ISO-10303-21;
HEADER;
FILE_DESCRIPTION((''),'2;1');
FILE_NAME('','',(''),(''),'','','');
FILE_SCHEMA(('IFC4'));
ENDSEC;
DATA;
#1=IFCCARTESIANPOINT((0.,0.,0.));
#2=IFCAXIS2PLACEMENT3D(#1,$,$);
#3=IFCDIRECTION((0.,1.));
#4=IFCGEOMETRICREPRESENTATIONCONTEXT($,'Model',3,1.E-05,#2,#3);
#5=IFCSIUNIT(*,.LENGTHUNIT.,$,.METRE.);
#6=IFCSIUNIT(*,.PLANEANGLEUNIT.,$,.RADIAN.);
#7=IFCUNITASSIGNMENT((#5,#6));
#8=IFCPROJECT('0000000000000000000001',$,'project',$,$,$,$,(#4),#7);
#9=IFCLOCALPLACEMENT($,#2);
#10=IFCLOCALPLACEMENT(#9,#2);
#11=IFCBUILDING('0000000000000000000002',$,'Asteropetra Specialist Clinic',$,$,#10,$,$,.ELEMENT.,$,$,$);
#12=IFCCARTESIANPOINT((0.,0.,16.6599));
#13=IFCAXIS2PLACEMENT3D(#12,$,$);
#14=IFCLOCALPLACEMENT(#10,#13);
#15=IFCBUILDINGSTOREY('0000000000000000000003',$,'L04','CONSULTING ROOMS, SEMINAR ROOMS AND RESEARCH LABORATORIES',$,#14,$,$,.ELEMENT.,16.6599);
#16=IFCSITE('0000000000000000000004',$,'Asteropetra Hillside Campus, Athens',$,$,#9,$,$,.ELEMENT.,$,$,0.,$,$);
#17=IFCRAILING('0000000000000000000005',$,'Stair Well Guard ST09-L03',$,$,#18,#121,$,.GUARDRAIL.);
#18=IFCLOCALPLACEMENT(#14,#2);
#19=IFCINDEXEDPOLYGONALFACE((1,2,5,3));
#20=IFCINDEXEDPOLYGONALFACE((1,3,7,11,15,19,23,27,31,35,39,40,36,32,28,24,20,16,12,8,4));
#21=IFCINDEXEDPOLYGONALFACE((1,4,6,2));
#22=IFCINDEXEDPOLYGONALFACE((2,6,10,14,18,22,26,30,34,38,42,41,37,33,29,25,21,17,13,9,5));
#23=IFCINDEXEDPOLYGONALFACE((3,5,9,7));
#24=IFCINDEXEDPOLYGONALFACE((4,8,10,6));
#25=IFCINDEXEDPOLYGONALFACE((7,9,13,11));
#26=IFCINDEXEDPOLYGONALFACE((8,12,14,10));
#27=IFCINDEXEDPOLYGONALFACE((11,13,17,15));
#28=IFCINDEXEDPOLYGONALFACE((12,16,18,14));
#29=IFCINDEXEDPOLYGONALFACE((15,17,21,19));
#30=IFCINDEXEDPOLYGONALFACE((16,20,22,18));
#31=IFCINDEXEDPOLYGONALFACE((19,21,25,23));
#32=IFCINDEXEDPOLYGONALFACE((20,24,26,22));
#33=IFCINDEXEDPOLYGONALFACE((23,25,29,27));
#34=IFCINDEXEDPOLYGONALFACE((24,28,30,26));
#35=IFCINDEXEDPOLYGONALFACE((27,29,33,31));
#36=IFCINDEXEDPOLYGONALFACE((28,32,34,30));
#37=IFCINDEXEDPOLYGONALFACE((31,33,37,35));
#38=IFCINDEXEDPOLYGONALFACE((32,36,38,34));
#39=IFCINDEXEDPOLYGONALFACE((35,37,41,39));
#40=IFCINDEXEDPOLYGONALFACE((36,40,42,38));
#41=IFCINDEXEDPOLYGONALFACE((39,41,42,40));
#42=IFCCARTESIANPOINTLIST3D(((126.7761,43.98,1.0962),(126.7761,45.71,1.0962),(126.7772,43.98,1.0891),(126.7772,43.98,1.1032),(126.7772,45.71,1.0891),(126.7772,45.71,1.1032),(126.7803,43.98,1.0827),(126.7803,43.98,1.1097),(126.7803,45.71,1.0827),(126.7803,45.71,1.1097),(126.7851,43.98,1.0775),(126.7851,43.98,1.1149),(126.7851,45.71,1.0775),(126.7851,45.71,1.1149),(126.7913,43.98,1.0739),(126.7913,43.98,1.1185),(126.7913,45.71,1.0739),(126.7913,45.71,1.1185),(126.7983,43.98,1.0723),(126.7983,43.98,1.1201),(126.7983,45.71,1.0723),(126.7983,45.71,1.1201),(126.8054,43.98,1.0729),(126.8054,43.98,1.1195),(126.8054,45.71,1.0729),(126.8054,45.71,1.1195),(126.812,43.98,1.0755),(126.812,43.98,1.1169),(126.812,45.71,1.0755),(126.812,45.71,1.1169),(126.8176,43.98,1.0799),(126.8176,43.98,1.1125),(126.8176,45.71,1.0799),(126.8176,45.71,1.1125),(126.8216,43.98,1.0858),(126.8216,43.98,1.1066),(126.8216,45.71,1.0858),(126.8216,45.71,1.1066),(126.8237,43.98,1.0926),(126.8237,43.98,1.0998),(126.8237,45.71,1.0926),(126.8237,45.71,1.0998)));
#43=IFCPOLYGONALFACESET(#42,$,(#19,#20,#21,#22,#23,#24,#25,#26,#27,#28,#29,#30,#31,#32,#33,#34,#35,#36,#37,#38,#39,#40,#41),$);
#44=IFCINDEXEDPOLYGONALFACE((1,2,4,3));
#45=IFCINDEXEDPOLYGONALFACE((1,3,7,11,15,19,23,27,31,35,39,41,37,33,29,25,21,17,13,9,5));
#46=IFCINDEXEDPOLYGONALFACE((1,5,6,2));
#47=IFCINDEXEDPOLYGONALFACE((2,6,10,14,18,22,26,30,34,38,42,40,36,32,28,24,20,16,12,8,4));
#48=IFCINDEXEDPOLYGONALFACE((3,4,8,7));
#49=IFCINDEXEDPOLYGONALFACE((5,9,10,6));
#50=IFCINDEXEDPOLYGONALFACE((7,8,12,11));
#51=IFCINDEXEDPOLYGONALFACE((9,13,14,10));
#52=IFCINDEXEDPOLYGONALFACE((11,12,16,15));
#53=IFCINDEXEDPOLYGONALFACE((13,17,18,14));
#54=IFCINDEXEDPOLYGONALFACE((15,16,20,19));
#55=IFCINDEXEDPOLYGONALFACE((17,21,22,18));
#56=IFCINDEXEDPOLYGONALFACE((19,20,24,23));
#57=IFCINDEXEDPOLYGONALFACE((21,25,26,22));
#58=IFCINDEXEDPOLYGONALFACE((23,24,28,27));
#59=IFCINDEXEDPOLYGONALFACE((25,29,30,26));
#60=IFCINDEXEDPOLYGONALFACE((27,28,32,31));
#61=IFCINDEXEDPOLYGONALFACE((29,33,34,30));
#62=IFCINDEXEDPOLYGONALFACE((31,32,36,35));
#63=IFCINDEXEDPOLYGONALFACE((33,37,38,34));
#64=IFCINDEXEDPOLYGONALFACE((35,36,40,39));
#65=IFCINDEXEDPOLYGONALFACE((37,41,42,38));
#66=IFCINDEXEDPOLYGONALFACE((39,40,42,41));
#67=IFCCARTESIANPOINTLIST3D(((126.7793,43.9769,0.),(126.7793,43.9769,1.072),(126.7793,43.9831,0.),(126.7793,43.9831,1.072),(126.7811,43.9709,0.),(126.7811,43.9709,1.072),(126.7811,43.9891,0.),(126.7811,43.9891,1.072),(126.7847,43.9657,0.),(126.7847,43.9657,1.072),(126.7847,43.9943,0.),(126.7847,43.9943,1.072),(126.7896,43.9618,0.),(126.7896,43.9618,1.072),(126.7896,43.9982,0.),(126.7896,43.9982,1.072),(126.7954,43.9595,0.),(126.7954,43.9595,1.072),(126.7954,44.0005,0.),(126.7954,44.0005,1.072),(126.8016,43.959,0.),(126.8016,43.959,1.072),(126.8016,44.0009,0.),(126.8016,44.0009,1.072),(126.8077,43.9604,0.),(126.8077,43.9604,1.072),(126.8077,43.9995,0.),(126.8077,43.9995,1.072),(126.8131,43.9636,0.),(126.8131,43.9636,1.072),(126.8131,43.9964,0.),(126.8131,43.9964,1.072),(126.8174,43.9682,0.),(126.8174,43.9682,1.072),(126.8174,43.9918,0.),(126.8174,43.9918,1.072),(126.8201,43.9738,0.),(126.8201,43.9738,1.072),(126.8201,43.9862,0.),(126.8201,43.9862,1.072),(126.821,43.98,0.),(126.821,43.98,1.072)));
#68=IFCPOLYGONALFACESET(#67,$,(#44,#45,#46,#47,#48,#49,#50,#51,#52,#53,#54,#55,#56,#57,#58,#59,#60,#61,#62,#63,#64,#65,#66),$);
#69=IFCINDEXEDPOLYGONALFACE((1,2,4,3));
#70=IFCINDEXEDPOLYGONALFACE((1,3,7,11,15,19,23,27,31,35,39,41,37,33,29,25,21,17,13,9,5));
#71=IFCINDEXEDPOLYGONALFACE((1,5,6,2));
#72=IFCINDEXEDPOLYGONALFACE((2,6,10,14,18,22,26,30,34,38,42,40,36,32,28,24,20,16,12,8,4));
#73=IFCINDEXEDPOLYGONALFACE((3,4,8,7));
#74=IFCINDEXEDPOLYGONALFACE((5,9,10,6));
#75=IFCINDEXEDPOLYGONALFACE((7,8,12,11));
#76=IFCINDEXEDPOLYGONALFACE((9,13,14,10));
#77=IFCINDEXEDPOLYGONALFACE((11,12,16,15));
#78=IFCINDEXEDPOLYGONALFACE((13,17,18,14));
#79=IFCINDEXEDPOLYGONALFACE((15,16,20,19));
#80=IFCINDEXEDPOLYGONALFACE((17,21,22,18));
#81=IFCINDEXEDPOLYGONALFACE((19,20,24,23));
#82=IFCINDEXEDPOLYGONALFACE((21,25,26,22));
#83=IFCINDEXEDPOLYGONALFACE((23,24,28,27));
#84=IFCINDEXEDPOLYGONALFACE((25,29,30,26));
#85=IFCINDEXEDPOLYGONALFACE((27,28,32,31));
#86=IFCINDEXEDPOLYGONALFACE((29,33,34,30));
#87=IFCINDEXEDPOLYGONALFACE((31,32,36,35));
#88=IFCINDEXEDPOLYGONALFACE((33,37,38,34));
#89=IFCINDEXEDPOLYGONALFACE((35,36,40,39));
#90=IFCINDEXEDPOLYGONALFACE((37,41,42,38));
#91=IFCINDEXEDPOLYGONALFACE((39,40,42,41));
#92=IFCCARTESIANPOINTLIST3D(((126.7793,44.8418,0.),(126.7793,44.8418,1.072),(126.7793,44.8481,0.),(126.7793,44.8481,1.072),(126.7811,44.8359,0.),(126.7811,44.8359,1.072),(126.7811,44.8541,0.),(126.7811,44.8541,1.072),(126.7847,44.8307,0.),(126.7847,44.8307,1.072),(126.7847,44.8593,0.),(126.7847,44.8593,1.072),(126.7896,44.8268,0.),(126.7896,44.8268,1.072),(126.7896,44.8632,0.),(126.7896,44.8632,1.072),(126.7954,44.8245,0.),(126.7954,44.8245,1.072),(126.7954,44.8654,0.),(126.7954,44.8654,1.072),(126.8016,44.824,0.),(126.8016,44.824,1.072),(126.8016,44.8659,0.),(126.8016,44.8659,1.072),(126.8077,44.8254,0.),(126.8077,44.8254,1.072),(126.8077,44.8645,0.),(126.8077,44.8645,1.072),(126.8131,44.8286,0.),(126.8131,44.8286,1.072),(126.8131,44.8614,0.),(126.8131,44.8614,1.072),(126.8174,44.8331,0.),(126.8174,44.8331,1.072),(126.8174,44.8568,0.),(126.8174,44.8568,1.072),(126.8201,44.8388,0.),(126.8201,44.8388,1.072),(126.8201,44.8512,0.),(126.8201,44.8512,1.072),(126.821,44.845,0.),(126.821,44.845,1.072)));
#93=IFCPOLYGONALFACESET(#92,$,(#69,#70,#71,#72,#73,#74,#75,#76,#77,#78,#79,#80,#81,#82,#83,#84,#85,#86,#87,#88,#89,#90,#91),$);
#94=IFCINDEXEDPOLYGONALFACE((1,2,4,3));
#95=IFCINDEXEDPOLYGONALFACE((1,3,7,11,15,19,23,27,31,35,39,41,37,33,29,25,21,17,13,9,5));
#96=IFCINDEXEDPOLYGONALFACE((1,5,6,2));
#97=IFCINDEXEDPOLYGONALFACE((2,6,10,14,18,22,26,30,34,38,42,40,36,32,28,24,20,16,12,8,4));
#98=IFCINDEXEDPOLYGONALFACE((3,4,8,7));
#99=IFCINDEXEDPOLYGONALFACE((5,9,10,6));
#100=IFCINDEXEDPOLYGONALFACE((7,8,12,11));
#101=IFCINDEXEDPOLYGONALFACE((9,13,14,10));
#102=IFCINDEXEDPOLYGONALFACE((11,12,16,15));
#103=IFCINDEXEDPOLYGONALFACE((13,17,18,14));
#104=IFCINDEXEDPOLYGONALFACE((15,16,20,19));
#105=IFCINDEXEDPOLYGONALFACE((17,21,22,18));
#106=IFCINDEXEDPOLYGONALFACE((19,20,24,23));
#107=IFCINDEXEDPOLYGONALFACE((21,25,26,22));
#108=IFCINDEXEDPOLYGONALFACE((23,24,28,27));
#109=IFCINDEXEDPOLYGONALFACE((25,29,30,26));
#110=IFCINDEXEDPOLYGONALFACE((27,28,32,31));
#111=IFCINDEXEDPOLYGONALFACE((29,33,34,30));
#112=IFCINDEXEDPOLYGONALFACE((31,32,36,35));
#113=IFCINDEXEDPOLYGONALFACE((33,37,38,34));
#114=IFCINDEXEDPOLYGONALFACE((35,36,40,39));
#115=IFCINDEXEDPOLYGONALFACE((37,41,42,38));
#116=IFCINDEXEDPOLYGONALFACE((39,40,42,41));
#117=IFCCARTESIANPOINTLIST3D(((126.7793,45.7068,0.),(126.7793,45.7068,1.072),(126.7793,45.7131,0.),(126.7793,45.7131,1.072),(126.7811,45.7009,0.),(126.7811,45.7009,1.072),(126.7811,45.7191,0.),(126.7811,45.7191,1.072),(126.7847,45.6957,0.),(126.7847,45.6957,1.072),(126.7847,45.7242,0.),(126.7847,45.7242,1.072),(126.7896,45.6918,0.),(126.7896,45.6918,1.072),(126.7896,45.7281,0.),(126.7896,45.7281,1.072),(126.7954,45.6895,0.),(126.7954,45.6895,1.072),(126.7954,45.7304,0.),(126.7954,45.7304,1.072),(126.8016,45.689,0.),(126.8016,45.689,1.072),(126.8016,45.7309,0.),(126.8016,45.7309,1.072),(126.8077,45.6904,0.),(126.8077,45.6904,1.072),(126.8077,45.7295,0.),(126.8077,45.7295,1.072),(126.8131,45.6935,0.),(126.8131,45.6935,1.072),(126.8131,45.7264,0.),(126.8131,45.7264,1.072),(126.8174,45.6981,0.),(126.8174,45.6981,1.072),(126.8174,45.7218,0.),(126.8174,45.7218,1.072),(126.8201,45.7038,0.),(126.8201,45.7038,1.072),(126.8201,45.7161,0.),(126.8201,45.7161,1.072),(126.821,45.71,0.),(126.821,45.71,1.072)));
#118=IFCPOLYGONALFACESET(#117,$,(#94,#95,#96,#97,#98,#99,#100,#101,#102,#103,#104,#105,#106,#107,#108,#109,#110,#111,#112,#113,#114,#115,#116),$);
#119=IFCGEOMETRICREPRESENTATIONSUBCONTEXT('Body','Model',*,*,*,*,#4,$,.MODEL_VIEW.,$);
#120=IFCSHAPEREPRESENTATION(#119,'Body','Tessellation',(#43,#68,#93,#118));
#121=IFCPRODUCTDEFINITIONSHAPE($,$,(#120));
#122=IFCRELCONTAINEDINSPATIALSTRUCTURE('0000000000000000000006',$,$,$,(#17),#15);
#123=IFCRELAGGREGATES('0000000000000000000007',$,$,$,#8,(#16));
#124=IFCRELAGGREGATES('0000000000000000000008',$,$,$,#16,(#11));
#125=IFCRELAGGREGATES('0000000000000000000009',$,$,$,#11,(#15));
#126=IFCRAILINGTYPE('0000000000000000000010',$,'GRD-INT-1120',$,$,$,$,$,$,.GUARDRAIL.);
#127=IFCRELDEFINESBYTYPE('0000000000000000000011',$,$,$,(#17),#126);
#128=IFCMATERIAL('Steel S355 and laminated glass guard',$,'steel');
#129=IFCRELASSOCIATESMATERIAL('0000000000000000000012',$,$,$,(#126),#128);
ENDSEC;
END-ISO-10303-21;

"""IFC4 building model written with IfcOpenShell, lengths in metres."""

from ifc_helpers import new_model, si_unit, direction, frame, origin, origin_2d, place, context, subcontext, project, spatial, circle, extrude, material, type_object, element, save


model = new_model("IFC4")

# Units and contexts
model_context = context("Model", 3, precision=1e-05, world=origin(), true_north=direction((0.0, 1.0)))
body_context = subcontext(model_context, "Body", "Model", "MODEL_VIEW")
ifc_project = project(units=[si_unit("LENGTHUNIT", "METRE"), si_unit("PLANEANGLEUNIT", "RADIAN")], contexts=[model_context])

# Site, building, storey
site_placement = place(None, origin())
site = spatial("IfcSite", under=ifc_project, at=site_placement, Name="Asteropetra Hillside Campus, Athens", CompositionType="ELEMENT", RefElevation=0.0)
building_placement = place(site_placement, origin())
building = spatial("IfcBuilding", under=site, at=building_placement, Name="Asteropetra Specialist Clinic", CompositionType="ELEMENT")
storey_placement = place(building_placement, frame((0.0, 0.0, 16.6599)))
storey = spatial("IfcBuildingStorey", under=building, at=storey_placement, Name="L04", Description="CONSULTING ROOMS, SEMINAR ROOMS AND RESEARCH LABORATORIES", CompositionType="ELEMENT", Elevation=16.6599)

# Railing
ifc_material_1 = material(Name="Steel S355 and laminated glass guard", Category="steel")
railing_type = type_object("IfcRailingType", Name="GRD-INT-1120", PredefinedType="GUARDRAIL", material=ifc_material_1)
railing_placement = place(storey_placement, frame((126.8, 43.98, 0.0)))
element("IfcRailing", 1, at=railing_placement, inside=storey, type_object=railing_type, Name="Stair Well Guard ST09-L03", PredefinedType="GUARDRAIL", context=body_context, shape_type="SweptSolid", body=[
    extrude(circle(Radius=0.0239, at=origin_2d()), frame((0.0, 0.0, 1.0962), z_axis=(0.0, 1.0, 0.0), x_axis=(-1.0, 0.0, 0.0)), (0.0, 0.0, 1.0), 1.73),
    extrude(circle(Radius=0.021, at=origin_2d()), origin(), (0.0, 0.0, 1.0), 1.072),
    extrude(circle(Radius=0.021, at=origin_2d()), frame((0.0, 0.865, 0.0)), (0.0, 0.0, 1.0), 1.072),
    extrude(circle(Radius=0.021, at=origin_2d()), frame((0.0, 1.73, 0.0)), (0.0, 0.0, 1.0), 1.072),
])

save(model, "model.ifc")
